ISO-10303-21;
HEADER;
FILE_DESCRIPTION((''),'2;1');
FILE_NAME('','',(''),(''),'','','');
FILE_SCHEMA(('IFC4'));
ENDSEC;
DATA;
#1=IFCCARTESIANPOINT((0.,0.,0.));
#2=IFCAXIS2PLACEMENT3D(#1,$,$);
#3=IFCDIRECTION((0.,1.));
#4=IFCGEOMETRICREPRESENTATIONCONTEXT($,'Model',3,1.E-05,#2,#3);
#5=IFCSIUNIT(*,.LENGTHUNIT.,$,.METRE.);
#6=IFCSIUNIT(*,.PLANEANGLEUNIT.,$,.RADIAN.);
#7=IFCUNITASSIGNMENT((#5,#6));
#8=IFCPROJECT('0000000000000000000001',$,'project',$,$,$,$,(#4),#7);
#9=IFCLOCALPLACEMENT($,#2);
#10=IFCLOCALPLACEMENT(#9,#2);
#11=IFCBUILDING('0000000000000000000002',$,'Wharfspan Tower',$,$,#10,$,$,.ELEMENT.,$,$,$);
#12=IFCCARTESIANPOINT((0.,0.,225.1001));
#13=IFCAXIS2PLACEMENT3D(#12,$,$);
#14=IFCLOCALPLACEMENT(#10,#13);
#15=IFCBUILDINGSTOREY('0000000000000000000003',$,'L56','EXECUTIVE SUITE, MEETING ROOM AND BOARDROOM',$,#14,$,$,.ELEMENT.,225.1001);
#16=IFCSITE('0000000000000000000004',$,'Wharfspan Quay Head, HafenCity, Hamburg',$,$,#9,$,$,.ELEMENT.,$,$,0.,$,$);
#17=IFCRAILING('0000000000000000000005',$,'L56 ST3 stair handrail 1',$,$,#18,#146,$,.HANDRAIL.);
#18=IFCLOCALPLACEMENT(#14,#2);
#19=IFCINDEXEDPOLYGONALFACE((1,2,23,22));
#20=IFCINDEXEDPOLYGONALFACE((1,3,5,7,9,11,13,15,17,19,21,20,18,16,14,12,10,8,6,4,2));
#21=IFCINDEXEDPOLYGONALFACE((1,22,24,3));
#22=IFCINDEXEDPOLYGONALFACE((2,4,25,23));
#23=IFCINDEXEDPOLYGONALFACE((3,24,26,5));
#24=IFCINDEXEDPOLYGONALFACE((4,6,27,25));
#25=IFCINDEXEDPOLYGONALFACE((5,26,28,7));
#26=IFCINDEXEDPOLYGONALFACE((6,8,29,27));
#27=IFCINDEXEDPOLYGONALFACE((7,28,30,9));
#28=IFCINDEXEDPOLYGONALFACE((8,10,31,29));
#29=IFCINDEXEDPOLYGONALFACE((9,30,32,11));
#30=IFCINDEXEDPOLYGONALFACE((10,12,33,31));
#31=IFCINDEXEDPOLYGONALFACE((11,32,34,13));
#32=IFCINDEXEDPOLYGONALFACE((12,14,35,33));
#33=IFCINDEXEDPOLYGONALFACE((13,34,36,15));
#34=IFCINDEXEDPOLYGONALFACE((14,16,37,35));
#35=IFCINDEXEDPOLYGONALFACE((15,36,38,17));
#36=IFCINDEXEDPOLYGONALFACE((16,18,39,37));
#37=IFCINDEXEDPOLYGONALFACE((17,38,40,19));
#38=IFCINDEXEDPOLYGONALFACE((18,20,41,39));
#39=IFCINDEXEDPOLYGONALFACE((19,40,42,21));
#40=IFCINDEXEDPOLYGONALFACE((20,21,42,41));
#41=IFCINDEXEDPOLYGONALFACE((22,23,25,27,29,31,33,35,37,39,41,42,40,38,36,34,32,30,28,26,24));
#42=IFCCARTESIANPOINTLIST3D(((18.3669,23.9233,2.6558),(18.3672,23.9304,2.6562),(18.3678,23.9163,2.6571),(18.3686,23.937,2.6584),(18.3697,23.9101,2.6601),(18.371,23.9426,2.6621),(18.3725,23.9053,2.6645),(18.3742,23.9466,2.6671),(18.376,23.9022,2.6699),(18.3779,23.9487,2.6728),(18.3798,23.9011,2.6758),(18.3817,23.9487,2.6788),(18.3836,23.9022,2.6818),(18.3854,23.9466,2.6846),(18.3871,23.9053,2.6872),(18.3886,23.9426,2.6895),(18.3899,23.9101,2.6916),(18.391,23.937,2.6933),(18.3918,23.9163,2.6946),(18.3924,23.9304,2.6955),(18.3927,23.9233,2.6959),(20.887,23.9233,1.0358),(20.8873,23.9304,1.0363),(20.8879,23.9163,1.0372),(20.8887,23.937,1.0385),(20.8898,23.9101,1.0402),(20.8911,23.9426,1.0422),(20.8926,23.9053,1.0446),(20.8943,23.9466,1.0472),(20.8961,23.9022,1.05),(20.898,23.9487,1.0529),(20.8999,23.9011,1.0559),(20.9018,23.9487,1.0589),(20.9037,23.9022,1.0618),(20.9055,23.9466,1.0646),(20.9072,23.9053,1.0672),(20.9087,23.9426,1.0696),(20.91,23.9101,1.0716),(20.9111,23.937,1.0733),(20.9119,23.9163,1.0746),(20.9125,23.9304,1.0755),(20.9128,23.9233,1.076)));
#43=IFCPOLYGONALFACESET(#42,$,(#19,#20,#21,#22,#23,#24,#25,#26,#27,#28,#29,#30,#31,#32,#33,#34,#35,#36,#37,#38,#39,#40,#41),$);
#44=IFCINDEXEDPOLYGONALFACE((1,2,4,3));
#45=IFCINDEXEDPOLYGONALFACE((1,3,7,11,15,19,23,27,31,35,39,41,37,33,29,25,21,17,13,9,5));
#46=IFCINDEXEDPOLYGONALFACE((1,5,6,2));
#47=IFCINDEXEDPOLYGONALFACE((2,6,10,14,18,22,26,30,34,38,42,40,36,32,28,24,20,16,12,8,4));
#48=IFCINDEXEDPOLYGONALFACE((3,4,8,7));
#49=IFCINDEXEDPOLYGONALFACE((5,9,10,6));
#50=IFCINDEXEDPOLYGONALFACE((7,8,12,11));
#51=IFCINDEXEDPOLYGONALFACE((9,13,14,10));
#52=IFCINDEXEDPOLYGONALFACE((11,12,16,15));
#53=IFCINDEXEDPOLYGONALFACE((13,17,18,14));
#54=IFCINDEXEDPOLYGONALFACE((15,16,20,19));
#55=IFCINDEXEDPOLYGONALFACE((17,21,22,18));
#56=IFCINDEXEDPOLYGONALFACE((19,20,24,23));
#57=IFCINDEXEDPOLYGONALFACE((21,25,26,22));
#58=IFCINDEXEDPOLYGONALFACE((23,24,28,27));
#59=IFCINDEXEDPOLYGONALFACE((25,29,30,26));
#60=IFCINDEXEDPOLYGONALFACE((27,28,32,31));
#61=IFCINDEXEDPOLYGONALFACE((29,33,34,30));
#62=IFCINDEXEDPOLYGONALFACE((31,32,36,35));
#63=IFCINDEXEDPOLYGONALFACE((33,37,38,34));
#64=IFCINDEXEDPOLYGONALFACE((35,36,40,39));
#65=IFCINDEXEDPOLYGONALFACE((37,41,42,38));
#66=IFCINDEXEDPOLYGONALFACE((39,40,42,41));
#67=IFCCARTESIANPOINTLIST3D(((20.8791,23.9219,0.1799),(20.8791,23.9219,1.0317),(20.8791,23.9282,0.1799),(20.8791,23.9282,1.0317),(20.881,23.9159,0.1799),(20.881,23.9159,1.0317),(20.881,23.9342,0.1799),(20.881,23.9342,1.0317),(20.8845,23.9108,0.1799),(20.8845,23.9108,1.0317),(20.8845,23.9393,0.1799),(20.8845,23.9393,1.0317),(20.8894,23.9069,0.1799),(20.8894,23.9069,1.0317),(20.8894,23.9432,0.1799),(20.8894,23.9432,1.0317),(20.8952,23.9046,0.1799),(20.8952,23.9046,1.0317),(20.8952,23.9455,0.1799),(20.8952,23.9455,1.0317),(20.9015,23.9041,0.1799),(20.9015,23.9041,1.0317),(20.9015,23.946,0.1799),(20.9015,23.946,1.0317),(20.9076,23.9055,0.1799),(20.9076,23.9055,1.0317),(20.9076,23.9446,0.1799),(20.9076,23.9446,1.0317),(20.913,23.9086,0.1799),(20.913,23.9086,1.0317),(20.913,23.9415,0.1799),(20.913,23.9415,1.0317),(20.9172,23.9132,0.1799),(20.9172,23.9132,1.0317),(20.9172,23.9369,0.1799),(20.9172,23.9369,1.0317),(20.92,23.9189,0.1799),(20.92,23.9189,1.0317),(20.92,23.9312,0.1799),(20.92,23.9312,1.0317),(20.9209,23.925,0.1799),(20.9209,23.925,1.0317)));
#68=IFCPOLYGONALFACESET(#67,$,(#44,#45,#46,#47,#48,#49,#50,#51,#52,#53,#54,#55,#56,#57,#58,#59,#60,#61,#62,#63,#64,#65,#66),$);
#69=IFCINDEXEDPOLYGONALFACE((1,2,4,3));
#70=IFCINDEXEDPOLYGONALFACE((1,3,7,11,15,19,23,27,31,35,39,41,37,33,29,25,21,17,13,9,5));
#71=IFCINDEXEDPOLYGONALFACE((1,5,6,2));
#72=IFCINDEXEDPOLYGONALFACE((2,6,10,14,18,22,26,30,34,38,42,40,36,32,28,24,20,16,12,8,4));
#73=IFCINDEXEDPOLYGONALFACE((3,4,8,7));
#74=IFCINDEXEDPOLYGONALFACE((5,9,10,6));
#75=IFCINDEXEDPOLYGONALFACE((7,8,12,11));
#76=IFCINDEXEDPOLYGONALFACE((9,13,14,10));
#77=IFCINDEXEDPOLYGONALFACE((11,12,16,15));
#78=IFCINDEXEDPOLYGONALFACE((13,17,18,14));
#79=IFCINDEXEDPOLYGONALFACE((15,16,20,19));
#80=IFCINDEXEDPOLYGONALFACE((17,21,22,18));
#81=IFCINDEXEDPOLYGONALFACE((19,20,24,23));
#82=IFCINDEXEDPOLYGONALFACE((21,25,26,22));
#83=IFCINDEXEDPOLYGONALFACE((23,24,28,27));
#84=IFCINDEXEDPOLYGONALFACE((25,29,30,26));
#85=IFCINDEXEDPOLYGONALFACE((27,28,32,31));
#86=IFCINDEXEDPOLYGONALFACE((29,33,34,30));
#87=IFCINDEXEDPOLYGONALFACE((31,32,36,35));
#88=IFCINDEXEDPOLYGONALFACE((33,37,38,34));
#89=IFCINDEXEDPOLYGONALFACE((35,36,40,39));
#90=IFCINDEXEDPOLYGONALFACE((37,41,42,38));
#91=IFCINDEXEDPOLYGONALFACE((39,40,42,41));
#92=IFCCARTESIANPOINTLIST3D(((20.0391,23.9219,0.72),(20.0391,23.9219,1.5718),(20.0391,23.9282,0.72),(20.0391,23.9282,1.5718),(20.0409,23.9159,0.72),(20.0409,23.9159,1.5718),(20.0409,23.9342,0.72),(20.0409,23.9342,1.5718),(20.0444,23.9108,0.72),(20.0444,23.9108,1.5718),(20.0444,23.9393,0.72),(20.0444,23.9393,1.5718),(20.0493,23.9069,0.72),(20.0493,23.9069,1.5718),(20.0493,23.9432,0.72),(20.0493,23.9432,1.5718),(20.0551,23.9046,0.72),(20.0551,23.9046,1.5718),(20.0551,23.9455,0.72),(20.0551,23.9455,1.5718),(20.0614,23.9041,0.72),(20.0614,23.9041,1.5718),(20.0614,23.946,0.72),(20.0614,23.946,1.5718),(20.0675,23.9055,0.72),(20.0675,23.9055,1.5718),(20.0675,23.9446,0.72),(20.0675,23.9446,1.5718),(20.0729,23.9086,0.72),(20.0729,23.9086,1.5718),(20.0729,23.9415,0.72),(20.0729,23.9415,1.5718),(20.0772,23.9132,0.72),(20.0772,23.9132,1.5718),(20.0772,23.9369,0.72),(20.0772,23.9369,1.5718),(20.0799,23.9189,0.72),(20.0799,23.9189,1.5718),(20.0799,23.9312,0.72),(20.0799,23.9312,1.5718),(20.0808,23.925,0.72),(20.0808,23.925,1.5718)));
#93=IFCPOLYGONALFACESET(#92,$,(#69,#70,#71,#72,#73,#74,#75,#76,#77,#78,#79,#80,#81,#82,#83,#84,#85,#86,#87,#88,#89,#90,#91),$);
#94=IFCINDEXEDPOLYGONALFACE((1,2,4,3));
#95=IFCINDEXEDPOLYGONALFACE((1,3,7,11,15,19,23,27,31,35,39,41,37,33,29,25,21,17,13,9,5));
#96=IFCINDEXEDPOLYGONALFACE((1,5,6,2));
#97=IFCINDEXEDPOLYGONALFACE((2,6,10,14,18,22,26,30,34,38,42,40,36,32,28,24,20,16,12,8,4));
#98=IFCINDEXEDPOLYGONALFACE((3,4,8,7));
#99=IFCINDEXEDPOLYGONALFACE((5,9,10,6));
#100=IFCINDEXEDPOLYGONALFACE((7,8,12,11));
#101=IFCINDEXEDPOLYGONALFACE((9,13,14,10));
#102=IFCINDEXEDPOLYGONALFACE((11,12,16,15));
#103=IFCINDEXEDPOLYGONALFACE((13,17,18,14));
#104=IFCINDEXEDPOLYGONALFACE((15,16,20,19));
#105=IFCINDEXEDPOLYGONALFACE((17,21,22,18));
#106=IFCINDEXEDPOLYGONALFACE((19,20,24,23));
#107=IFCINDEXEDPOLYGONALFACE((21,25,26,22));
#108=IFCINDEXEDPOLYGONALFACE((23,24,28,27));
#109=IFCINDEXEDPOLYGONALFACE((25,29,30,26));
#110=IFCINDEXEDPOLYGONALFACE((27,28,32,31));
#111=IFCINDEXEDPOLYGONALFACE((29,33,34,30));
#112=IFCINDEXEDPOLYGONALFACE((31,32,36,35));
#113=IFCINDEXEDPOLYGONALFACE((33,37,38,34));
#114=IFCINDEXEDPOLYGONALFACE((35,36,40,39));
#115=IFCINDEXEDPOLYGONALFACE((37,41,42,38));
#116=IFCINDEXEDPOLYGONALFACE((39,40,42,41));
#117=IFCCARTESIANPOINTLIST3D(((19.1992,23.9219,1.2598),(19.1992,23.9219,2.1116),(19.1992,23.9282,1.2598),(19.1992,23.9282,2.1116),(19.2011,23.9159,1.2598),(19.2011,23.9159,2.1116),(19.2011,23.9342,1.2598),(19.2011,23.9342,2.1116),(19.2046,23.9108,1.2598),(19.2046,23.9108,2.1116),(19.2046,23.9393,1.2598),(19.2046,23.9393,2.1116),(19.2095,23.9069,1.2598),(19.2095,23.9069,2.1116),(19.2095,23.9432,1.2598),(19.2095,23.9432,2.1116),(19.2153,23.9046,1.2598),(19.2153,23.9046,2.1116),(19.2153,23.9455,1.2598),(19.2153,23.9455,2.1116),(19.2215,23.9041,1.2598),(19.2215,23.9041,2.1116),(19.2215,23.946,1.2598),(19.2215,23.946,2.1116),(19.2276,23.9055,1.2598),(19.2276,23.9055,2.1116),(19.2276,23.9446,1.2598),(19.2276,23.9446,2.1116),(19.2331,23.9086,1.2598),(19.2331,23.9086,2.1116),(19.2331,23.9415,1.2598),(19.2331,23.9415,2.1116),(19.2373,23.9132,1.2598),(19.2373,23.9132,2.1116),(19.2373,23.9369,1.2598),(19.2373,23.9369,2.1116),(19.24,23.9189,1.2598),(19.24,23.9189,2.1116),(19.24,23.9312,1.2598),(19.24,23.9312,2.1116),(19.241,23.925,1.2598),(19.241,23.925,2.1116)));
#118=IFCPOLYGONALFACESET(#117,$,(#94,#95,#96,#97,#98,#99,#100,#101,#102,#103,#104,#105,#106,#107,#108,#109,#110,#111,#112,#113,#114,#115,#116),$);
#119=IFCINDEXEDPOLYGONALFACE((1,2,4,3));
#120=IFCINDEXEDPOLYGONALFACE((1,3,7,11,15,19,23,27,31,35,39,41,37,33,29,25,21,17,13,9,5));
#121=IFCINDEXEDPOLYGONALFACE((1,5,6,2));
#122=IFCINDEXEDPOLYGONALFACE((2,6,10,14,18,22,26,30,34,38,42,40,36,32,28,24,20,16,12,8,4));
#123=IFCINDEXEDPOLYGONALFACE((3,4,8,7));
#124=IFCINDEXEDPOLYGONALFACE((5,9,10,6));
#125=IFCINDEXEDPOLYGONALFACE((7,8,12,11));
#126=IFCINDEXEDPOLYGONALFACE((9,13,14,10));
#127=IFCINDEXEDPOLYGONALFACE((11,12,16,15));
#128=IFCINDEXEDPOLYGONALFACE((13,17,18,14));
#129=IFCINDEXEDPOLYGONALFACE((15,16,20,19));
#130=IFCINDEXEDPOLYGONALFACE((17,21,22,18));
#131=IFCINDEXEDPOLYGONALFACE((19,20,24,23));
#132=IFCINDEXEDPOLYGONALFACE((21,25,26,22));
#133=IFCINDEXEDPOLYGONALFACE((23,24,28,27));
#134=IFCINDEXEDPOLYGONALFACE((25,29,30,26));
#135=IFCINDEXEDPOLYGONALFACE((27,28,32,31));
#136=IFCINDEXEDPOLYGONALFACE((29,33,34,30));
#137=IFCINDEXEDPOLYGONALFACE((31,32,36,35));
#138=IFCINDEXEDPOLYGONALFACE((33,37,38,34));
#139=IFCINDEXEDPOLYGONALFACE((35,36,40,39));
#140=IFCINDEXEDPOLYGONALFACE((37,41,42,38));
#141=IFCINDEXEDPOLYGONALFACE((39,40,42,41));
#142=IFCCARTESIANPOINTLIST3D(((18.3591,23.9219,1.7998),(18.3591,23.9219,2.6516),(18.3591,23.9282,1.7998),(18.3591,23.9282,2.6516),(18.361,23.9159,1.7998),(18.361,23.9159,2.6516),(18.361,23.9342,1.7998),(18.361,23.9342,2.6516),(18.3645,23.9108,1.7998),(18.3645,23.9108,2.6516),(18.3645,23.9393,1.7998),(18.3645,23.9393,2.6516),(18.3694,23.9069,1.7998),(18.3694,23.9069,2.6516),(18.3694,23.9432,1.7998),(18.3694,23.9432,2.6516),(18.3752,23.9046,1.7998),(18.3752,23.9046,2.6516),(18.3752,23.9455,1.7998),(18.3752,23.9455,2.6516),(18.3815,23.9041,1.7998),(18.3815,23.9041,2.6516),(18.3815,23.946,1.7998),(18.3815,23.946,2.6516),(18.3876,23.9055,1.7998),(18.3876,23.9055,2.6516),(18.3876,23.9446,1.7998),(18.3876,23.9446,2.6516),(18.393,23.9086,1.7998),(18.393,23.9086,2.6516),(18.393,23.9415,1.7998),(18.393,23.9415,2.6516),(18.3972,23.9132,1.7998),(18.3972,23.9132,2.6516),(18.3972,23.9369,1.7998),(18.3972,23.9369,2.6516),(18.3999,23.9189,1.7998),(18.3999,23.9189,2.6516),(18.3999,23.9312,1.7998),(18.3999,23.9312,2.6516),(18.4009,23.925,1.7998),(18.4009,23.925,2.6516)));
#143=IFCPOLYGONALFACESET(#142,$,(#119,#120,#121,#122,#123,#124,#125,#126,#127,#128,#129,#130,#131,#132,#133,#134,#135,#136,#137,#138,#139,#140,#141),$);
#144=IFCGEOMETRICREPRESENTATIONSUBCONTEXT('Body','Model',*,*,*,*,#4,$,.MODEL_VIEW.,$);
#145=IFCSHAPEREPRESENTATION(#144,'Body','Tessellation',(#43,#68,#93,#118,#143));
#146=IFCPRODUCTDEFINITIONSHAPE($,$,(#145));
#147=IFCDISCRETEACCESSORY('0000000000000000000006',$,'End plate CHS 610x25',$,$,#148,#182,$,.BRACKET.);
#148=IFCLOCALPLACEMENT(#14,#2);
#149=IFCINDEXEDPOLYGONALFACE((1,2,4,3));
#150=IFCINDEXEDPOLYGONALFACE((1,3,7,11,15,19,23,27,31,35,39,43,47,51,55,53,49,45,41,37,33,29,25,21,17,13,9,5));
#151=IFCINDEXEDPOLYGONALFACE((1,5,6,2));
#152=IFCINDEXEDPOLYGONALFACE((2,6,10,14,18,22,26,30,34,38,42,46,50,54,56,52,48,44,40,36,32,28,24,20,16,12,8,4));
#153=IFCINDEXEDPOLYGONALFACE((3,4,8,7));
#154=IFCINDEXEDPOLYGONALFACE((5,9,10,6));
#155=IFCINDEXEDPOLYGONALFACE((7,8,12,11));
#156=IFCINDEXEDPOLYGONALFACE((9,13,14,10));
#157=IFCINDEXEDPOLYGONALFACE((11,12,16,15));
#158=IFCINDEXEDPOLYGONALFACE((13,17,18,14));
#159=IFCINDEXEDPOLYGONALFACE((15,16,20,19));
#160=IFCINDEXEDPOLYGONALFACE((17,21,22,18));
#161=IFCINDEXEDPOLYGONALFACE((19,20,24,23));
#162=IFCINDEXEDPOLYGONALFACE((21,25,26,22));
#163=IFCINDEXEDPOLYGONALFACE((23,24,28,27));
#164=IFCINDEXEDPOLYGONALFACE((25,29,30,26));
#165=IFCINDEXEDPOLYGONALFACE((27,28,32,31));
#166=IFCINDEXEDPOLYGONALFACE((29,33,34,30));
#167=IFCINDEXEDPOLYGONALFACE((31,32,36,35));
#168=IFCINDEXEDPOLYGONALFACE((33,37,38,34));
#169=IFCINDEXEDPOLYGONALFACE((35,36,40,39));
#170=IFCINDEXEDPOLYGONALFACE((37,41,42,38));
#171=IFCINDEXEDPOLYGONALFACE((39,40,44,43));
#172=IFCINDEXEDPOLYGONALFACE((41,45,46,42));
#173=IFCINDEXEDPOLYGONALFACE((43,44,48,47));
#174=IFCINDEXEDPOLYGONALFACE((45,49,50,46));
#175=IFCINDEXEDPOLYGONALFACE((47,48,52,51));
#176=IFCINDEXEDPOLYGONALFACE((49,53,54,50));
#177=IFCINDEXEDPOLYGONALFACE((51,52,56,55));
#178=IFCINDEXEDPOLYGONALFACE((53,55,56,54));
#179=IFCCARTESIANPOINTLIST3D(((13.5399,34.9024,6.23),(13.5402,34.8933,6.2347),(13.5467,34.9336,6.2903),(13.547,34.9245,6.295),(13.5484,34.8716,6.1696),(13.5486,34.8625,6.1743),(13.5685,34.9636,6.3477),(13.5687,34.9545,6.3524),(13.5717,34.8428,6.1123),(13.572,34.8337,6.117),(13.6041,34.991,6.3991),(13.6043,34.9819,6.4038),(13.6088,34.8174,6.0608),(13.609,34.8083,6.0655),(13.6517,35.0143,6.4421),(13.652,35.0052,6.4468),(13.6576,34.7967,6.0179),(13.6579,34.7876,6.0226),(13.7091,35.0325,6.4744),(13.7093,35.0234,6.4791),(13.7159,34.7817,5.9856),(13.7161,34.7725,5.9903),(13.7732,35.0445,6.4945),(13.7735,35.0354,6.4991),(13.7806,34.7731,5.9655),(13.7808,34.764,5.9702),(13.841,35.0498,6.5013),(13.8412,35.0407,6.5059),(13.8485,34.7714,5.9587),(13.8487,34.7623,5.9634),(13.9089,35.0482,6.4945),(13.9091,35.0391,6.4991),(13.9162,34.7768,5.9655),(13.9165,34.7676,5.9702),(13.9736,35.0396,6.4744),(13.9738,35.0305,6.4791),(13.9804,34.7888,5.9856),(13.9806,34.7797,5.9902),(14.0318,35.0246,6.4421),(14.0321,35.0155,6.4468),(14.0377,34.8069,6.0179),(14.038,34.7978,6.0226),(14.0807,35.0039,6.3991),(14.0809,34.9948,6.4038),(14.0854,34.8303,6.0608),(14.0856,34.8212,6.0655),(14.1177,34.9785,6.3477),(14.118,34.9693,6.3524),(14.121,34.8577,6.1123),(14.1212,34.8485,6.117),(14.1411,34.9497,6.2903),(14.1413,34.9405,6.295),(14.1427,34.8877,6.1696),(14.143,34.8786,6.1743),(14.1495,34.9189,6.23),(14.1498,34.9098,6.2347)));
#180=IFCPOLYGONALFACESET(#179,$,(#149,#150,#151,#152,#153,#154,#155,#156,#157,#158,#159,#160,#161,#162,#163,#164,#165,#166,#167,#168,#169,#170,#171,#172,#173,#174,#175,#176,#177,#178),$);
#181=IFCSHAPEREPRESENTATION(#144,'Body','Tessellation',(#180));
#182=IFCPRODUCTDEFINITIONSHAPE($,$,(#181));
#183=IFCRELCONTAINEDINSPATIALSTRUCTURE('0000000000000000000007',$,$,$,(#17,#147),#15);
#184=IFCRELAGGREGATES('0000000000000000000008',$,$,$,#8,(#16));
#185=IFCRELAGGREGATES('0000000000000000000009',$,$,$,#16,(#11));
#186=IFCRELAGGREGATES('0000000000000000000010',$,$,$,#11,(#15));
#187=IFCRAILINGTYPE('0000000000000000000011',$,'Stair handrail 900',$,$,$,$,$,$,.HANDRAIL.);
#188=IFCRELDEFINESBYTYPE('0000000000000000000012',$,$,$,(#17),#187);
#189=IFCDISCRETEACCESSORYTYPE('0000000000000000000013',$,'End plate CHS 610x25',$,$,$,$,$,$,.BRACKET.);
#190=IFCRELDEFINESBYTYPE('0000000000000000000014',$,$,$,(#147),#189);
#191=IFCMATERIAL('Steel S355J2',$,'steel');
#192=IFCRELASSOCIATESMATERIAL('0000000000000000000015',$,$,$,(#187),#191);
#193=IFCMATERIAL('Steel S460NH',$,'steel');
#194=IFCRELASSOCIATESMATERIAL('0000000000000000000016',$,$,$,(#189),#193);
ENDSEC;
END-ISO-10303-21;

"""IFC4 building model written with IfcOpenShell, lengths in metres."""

from ifc_helpers import new_model, si_unit, direction, frame, origin, origin_2d, place, context, subcontext, project, spatial, circle, extrude, material, material_profile, profile_set, type_object, element, save


model = new_model("IFC4")

# Units and contexts
model_context = context("Model", 3, precision=1e-05, world=origin(), true_north=direction((0.0, 1.0)))
body_context = subcontext(model_context, "Body", "Model", "MODEL_VIEW")
ifc_project = project(units=[si_unit("LENGTHUNIT", "METRE"), si_unit("PLANEANGLEUNIT", "RADIAN")], contexts=[model_context])

# Site, building, storey
site_placement = place(None, origin())
site = spatial("IfcSite", under=ifc_project, at=site_placement, Name="Wharfspan Quay Head, HafenCity, Hamburg", CompositionType="ELEMENT", RefElevation=0.0)
building_placement = place(site_placement, origin())
building = spatial("IfcBuilding", under=site, at=building_placement, Name="Wharfspan Tower", CompositionType="ELEMENT")
storey_placement = place(building_placement, frame((0.0, 0.0, 225.1001)))
storey = spatial("IfcBuildingStorey", under=building, at=storey_placement, Name="L56", Description="EXECUTIVE SUITE, MEETING ROOM AND BOARDROOM", CompositionType="ELEMENT", Elevation=225.1001)

# Shared definitions
ifc_material_1 = material(Name="Steel S355J2", Category="steel")

# Shared definitions
ifc_material_2 = material(Name="Steel S460NH", Category="steel")

# Railing
railing_type_1 = type_object("IfcRailingType", Name="Stair handrail 900", PredefinedType="HANDRAIL", material=ifc_material_1)
railing_1_placement = place(storey_placement, frame((20.8999, 23.925, 0.1799)))
element("IfcRailing", 1, at=railing_1_placement, inside=storey, type_object=railing_type_1, Name="L56 ST3 stair handrail 1", PredefinedType="HANDRAIL", context=body_context, shape_type="SweptSolid", body=[
    extrude(circle(Radius=0.0239, at=origin_2d()), frame((0.0, 0.0, 0.876), z_axis=(-0.8412, 0.0, 0.540725), x_axis=(0.0, -1.0, 0.0)), (0.0, 0.0, 1.0), 2.9958),
    extrude(circle(Radius=0.021, at=origin_2d()), origin(), (0.0, 0.0, 1.0), 0.8518),
    extrude(circle(Radius=0.021, at=origin_2d()), frame((-0.8401, 0.0, 0.54)), (0.0, 0.0, 1.0), 0.8518),
    extrude(circle(Radius=0.021, at=origin_2d()), frame((-1.6799, 0.0, 1.0798)), (0.0, 0.0, 1.0), 0.8518),
    extrude(circle(Radius=0.021, at=origin_2d()), frame((-2.52, 0.0, 1.6199)), (0.0, 0.0, 1.0), 0.8518),
])

# Discrete accessory
ifc_material_profile_1 = material_profile(ifc_material_2, circle(Radius=0.3049, at=origin_2d()))
ifc_profile_set_1 = profile_set([ifc_material_profile_1], Name="Steel S460NH")
discrete_accessory_type = type_object("IfcDiscreteAccessoryType", Name="End plate CHS 610x25", PredefinedType="BRACKET", material=ifc_profile_set_1)
discrete_accessory_1_placement = place(storey_placement, frame((13.8447, 34.9106, 6.23), z_axis=(0.024035, -0.88931, 0.456673), x_axis=(0.999631, 0.027015, -0.000003)))
element("IfcDiscreteAccessory", 2, at=discrete_accessory_1_placement, inside=storey, type_object=discrete_accessory_type, Name="End plate CHS 610x25", PredefinedType="BRACKET", context=body_context, shape_type="SweptSolid", body=[
    extrude(circle(Radius=0.3049, at=origin_2d()), origin(), (0.0, 0.0, 1.0), 0.0103),
])

save(model, "model.ifc")
